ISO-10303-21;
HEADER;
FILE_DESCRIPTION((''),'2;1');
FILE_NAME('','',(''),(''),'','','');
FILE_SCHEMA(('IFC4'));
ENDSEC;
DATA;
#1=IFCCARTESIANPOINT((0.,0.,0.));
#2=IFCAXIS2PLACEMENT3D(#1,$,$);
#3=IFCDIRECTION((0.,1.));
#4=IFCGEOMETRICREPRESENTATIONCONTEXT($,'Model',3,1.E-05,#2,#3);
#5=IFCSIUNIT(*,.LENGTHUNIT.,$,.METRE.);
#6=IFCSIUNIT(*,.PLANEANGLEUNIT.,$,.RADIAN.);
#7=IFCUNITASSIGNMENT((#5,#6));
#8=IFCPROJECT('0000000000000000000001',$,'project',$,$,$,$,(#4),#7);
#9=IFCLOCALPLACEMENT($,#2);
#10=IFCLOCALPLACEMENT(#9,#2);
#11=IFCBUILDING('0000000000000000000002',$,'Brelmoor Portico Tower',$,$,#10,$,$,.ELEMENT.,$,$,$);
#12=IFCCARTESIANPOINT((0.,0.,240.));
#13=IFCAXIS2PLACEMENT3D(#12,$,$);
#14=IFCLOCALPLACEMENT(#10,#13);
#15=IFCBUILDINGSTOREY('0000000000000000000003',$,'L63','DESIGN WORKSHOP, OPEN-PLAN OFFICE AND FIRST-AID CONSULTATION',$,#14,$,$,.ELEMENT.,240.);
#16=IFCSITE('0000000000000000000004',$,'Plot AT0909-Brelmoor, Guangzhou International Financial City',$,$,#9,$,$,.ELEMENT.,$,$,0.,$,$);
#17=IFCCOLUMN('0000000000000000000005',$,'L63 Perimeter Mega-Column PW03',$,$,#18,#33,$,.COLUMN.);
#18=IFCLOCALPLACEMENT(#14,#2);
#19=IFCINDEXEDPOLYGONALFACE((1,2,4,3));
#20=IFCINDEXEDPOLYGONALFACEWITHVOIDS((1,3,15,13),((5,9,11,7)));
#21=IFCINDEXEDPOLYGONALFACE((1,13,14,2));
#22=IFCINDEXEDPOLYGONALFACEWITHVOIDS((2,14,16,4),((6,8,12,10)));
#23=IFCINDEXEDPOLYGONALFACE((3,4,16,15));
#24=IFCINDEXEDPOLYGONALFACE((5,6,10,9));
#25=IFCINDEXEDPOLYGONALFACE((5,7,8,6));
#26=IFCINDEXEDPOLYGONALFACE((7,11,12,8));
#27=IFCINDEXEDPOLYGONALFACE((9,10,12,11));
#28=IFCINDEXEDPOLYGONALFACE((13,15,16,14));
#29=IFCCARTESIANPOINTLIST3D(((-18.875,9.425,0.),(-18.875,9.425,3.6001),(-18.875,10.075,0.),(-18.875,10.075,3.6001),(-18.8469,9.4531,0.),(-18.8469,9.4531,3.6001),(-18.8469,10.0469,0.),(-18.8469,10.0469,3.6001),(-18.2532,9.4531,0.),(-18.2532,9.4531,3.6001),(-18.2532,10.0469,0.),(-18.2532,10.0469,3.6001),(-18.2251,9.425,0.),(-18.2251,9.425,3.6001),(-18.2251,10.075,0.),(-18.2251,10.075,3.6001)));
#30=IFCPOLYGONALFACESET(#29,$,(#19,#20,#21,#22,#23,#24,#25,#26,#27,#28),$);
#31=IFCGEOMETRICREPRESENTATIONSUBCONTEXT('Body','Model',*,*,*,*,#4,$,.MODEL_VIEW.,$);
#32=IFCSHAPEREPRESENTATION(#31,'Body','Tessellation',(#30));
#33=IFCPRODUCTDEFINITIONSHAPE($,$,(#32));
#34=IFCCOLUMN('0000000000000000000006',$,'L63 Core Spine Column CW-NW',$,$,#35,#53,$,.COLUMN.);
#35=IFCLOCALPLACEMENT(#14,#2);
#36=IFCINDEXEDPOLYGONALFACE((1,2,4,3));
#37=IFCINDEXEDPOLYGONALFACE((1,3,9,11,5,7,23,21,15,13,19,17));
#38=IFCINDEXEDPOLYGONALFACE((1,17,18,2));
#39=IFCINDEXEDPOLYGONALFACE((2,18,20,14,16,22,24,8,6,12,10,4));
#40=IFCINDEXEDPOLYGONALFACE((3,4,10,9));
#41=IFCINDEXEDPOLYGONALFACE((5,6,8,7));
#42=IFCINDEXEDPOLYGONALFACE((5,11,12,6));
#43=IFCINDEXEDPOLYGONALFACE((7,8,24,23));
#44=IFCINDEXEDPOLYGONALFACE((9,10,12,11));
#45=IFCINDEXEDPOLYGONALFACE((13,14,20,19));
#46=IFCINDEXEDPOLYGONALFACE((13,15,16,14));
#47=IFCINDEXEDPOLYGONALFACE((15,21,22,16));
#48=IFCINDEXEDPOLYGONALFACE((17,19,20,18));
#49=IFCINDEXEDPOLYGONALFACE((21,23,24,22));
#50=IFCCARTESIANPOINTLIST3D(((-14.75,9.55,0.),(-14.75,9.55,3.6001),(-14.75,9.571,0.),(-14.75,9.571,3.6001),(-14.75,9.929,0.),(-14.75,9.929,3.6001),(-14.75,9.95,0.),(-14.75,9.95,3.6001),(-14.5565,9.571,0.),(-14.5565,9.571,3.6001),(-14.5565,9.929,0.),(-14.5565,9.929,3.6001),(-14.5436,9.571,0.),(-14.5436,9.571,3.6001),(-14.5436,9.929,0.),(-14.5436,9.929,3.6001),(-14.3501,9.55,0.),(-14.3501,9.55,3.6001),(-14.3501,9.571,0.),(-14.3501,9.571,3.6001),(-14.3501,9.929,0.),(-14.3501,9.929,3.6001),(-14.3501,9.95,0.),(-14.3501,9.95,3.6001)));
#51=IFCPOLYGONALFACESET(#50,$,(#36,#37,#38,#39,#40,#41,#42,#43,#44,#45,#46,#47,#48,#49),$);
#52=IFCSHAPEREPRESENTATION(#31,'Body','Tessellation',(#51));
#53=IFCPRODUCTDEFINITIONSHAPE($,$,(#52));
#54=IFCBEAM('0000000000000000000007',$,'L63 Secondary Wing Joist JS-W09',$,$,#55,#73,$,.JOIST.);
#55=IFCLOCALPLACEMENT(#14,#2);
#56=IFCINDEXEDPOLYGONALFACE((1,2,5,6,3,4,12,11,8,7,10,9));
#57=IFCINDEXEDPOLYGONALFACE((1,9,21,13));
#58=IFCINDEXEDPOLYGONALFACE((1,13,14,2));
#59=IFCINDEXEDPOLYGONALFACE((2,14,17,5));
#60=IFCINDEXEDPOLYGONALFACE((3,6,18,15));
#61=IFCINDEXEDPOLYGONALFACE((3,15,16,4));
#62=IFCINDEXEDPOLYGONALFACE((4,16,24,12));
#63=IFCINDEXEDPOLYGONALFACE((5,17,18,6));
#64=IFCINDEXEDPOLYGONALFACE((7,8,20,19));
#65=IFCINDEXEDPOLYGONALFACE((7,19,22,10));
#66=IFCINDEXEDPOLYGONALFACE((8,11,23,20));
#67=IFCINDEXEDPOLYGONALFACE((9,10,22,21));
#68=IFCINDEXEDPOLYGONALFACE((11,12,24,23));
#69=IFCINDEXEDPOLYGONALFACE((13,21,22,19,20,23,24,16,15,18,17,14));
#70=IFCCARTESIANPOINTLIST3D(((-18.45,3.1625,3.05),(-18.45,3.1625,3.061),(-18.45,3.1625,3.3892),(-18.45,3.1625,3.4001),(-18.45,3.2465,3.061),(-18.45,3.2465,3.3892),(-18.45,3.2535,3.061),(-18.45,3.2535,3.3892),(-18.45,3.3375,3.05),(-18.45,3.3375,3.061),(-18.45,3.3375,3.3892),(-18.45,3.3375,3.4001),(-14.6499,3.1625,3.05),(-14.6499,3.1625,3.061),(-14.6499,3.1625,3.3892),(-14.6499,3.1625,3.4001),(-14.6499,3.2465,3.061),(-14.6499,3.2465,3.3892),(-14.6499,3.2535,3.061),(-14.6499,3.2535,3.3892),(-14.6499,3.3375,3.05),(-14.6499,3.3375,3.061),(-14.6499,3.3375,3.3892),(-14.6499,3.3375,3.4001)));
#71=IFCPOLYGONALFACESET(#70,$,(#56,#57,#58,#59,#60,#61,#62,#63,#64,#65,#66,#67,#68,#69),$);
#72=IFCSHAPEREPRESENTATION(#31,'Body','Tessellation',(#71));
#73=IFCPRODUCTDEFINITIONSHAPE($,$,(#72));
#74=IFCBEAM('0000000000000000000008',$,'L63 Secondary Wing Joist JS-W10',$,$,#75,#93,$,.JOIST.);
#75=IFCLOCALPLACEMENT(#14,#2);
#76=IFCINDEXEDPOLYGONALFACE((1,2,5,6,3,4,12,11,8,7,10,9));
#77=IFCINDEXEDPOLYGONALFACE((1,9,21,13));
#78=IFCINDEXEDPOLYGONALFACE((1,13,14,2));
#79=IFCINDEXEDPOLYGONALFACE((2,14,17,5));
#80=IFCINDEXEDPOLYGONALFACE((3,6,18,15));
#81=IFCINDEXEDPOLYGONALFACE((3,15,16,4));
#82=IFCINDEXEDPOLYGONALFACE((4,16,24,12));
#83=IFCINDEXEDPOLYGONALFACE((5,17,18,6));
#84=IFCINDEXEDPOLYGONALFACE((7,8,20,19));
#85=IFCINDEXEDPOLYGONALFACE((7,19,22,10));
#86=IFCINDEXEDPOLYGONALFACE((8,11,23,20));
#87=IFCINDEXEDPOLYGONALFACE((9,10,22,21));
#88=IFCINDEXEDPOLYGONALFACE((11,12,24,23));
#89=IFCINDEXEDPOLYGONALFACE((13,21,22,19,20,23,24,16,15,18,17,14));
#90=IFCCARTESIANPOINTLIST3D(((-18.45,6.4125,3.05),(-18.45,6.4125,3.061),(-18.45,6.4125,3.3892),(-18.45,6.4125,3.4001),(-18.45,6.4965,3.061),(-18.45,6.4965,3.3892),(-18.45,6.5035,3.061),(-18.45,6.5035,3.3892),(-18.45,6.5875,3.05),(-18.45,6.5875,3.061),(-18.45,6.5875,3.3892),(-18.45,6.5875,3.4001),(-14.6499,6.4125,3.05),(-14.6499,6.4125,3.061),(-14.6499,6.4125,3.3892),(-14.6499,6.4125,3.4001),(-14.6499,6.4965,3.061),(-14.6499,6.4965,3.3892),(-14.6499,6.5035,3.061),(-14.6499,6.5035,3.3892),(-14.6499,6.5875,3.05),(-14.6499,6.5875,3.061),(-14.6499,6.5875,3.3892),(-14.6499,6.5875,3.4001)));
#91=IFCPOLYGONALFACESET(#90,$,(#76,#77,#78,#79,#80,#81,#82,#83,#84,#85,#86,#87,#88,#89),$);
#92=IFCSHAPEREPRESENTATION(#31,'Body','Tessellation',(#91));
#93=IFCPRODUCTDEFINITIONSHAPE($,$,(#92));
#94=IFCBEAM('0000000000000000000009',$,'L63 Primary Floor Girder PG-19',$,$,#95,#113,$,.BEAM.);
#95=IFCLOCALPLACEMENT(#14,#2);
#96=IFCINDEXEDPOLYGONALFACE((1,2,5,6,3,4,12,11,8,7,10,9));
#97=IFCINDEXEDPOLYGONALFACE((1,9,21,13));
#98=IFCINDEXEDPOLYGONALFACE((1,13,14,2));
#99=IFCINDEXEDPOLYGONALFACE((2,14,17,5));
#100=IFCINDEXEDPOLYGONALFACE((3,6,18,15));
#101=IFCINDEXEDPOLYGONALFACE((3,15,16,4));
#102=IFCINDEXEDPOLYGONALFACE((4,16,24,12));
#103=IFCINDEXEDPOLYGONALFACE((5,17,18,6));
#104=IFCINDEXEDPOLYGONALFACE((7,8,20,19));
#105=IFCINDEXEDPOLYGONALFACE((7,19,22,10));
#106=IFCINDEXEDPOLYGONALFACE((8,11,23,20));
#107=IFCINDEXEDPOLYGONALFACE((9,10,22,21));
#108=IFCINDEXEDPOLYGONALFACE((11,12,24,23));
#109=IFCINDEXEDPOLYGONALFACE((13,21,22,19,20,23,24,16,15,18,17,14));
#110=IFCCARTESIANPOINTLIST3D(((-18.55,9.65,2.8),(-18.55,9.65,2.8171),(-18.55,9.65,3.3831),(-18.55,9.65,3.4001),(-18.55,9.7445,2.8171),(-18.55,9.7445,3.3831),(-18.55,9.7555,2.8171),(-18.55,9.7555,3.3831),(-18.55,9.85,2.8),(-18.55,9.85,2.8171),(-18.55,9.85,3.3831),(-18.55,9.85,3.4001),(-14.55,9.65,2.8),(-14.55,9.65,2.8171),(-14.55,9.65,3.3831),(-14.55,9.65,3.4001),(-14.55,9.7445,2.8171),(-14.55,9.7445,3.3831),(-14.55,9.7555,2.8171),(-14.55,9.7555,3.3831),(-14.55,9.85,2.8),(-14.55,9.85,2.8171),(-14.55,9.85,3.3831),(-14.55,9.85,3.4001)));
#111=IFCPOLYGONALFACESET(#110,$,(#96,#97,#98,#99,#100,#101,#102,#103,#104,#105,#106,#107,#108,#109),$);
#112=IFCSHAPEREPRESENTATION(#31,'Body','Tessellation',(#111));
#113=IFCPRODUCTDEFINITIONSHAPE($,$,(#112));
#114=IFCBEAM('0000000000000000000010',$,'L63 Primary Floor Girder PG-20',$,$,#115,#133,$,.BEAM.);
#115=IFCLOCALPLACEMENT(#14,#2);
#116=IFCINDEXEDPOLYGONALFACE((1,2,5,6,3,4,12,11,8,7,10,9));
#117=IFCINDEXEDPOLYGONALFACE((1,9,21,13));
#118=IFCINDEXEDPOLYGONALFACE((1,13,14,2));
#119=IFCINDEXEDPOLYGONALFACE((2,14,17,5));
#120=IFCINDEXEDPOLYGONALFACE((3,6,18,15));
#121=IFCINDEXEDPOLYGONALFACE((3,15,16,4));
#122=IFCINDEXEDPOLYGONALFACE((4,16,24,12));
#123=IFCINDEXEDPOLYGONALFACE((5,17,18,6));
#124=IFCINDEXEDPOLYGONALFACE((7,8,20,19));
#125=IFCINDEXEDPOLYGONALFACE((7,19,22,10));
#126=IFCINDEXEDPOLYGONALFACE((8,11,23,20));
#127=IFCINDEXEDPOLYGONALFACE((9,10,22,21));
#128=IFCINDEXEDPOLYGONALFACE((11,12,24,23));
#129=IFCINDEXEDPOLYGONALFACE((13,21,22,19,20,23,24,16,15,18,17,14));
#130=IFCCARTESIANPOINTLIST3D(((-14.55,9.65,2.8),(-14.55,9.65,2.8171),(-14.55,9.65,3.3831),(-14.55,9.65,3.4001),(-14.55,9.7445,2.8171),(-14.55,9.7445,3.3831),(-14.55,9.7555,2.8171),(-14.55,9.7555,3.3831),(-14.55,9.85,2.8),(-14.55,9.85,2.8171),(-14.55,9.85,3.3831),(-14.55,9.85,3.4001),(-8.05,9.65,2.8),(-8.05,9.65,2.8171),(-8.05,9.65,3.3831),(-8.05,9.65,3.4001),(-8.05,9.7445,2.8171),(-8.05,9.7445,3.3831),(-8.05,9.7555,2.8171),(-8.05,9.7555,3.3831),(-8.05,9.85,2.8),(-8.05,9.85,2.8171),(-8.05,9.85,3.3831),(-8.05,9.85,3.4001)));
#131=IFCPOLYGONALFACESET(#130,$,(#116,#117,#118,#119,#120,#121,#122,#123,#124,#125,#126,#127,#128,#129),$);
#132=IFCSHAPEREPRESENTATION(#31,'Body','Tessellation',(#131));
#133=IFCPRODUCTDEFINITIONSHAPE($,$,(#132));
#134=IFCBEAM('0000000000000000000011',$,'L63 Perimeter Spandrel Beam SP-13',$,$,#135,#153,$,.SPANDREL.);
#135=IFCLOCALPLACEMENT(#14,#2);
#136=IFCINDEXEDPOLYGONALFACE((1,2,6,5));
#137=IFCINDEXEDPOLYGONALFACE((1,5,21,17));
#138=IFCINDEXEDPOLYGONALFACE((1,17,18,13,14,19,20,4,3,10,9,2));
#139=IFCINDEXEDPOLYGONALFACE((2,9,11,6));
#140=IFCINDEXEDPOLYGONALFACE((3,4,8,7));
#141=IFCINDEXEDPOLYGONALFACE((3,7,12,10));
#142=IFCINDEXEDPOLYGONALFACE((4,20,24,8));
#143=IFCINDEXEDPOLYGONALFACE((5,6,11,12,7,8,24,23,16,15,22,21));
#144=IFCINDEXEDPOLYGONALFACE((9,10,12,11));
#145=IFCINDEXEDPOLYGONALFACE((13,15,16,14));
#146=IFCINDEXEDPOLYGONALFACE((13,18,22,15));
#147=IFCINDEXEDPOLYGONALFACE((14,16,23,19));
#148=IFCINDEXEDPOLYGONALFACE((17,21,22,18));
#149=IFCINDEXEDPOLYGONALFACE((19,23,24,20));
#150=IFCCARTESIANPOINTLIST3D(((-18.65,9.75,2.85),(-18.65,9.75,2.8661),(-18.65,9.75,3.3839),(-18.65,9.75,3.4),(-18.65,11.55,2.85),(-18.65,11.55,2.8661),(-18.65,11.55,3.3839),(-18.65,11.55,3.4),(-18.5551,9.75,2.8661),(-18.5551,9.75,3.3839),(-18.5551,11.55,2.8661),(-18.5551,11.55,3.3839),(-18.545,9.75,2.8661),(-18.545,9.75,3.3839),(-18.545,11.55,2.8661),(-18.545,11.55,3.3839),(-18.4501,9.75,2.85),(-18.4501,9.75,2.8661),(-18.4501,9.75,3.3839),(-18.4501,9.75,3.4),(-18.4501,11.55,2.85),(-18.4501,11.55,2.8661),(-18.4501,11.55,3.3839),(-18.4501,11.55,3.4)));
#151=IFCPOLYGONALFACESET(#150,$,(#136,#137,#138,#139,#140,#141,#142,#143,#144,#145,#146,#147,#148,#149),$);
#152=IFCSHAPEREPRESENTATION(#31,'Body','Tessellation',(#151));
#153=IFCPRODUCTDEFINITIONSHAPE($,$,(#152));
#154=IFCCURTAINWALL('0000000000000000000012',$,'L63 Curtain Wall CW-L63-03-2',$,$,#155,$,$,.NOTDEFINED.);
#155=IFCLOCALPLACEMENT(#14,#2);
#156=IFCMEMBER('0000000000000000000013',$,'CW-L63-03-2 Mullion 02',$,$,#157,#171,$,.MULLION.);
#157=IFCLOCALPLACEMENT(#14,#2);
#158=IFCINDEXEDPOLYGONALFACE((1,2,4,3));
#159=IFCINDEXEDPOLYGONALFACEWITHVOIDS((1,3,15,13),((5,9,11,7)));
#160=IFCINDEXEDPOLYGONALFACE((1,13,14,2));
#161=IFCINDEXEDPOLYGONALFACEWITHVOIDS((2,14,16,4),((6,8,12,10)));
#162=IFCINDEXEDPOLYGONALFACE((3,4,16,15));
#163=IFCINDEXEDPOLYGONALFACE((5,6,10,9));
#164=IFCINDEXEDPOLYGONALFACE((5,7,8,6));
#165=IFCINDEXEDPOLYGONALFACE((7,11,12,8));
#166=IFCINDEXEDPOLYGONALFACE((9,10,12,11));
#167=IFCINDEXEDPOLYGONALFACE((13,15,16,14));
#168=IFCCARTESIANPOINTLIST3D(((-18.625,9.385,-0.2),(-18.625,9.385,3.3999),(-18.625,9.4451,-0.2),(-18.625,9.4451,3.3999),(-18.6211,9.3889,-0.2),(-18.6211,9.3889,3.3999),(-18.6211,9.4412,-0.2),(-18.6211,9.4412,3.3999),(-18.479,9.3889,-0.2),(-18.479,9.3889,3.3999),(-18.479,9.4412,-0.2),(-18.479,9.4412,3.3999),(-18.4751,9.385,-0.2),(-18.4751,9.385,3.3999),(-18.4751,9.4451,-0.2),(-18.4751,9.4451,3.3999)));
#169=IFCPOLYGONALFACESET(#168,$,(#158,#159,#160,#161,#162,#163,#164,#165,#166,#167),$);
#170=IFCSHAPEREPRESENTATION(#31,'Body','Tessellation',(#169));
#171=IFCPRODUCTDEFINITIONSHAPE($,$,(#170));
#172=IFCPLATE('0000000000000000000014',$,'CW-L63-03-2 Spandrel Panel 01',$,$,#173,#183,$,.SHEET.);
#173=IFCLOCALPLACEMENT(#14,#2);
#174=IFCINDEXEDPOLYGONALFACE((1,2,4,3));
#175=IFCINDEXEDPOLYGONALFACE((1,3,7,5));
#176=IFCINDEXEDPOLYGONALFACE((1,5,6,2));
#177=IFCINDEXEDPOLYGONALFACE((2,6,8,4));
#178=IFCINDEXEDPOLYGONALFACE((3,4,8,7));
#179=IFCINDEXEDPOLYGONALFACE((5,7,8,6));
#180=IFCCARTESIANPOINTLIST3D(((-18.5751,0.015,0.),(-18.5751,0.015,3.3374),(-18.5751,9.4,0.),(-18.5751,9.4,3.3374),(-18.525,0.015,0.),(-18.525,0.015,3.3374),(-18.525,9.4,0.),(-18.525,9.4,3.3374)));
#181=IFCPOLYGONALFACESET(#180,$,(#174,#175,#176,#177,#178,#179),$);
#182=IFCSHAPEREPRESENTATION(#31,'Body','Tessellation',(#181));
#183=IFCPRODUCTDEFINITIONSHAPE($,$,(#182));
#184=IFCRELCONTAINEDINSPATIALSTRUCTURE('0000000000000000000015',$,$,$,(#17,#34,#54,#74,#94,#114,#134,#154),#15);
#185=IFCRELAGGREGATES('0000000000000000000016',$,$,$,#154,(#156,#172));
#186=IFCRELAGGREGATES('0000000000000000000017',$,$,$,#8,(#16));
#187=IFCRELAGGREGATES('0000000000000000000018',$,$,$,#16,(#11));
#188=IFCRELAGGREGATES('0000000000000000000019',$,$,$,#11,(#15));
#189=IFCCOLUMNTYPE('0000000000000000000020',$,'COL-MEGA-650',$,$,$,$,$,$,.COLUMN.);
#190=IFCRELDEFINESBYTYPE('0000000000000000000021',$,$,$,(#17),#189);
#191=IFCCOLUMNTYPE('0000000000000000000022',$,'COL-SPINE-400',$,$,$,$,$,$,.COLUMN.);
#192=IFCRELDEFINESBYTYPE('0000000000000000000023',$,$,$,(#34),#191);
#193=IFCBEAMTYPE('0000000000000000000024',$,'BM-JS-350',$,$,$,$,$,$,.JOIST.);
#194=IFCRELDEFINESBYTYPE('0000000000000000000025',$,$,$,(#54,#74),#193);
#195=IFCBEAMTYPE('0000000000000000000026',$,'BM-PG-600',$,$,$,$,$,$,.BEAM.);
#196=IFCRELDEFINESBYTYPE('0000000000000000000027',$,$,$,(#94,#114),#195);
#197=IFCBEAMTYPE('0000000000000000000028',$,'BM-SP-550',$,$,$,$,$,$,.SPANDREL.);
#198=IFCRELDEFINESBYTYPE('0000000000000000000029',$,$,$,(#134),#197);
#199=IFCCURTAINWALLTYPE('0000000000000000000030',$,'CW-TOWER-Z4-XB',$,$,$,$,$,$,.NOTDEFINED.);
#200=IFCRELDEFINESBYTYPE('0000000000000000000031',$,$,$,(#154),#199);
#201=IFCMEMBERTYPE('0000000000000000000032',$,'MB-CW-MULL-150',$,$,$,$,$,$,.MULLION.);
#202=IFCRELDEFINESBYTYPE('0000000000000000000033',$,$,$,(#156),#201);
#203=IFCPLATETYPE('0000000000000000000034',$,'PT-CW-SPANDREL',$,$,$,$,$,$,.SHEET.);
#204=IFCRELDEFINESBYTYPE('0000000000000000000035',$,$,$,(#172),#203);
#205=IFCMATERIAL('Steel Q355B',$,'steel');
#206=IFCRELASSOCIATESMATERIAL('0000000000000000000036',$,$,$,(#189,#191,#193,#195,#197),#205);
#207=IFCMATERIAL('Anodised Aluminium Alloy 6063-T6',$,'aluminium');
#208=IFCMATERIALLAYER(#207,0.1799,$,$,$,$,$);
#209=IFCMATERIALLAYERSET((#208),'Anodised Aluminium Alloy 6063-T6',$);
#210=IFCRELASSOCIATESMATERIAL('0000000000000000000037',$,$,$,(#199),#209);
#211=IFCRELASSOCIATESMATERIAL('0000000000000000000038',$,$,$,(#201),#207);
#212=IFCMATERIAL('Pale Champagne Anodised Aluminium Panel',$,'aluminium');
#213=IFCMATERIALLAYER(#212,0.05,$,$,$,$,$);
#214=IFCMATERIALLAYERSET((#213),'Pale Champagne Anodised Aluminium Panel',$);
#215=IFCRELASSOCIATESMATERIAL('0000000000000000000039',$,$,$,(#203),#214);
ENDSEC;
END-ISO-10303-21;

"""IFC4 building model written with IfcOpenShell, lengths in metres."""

from ifc_helpers import new_model, si_unit, direction, frame, origin, origin_2d, place, context, subcontext, project, spatial, rectangle, hollow_rectangle, i_section, extrude, material, layer, layer_set, material_profile, profile_set, type_object, element, aggregate, save


model = new_model("IFC4")

# Units and contexts
model_context = context("Model", 3, precision=1e-05, world=origin(), true_north=direction((0.0, 1.0)))
body_context = subcontext(model_context, "Body", "Model", "MODEL_VIEW")
ifc_project = project(units=[si_unit("LENGTHUNIT", "METRE"), si_unit("PLANEANGLEUNIT", "RADIAN")], contexts=[model_context])

# Site, building, storey
site_placement = place(None, origin())
site = spatial("IfcSite", under=ifc_project, at=site_placement, Name="Plot AT0909-Brelmoor, Guangzhou International Financial City", CompositionType="ELEMENT", RefElevation=0.0)
building_placement = place(site_placement, origin())
building = spatial("IfcBuilding", under=site, at=building_placement, Name="Brelmoor Portico Tower", CompositionType="ELEMENT")
storey_placement = place(building_placement, frame((0.0, 0.0, 240.0)))
storey = spatial("IfcBuildingStorey", under=building, at=storey_placement, Name="L63", Description="DESIGN WORKSHOP, OPEN-PLAN OFFICE AND FIRST-AID CONSULTATION", CompositionType="ELEMENT", Elevation=240.0)

# Columns
ifc_material_1 = material(Name="Steel Q355B", Category="steel")
ifc_material_profile_1 = material_profile(ifc_material_1, hollow_rectangle(XDim=0.6499, YDim=0.6499, WallThickness=0.0281, at=origin_2d()), Name="BOX 650x650x28")
ifc_profile_set_1 = profile_set([ifc_material_profile_1], Name="Steel Q355B")
column_type_1 = type_object("IfcColumnType", Name="COL-MEGA-650", PredefinedType="COLUMN", material=ifc_profile_set_1)
column_1_placement = place(storey_placement, frame((-18.55, 9.75, 0.0), z_axis=(0.0, 0.0, 1.0), x_axis=(0.0, 1.0, 0.0)))
element("IfcColumn", 1, at=column_1_placement, inside=storey, type_object=column_type_1, Name="L63 Perimeter Mega-Column PW03", PredefinedType="COLUMN", context=body_context, shape_type="SweptSolid", body=[
    extrude(hollow_rectangle(XDim=0.6499, YDim=0.6499, WallThickness=0.0281, at=origin_2d()), origin(), (0.0, 0.0, 1.0), 3.6001),
])
ifc_material_profile_2 = material_profile(ifc_material_1, i_section(OverallWidth=0.3999, OverallDepth=0.3999, WebThickness=0.0129, FlangeThickness=0.021, at=origin_2d()), Name="HW 400x400x13x21")
ifc_profile_set_2 = profile_set([ifc_material_profile_2], Name="Steel Q355B")
column_type_2 = type_object("IfcColumnType", Name="COL-SPINE-400", PredefinedType="COLUMN", material=ifc_profile_set_2)
column_2_placement = place(storey_placement, frame((-14.55, 9.75, 0.0), z_axis=(0.0, 0.0, 1.0), x_axis=(1.0, 0.0, 0.0)))
element("IfcColumn", 2, at=column_2_placement, inside=storey, type_object=column_type_2, Name="L63 Core Spine Column CW-NW", PredefinedType="COLUMN", context=body_context, shape_type="SweptSolid", body=[
    extrude(i_section(OverallWidth=0.3999, OverallDepth=0.3999, WebThickness=0.0129, FlangeThickness=0.021, at=origin_2d()), origin(), (0.0, 0.0, 1.0), 3.6001),
])

# Beams
ifc_material_profile_3 = material_profile(ifc_material_1, i_section(OverallWidth=0.175, OverallDepth=0.3501, WebThickness=0.0071, FlangeThickness=0.011, at=origin_2d()), Name="HN 350x175x7x11")
ifc_profile_set_3 = profile_set([ifc_material_profile_3], Name="Steel Q355B")
beam_type_1 = type_object("IfcBeamType", Name="BM-JS-350", PredefinedType="JOIST", material=ifc_profile_set_3)
for number, where, z_axis, x_axis, name in (
    (3, (-18.45, 3.25, 3.2251), (1.0, 0.0, 0.0), (0.0, 1.0, 0.0), "L63 Secondary Wing Joist JS-W09"),
    (4, (-18.45, 6.5, 3.2251), (1.0, 0.0, 0.0), (0.0, 1.0, 0.0), "L63 Secondary Wing Joist JS-W10"),
):
    element("IfcBeam", number, at=place(storey_placement, frame(where, z_axis=z_axis, x_axis=x_axis)), inside=storey, type_object=beam_type_1, Name=name, PredefinedType="JOIST", context=body_context, shape_type="SweptSolid", body=[
        extrude(i_section(OverallWidth=0.175, OverallDepth=0.3501, WebThickness=0.0071, FlangeThickness=0.011, at=origin_2d()), origin(), (0.0, 0.0, 1.0), 3.8),
    ])
ifc_material_profile_4 = material_profile(ifc_material_1, i_section(OverallWidth=0.2, OverallDepth=0.6001, WebThickness=0.011, FlangeThickness=0.0171, at=origin_2d()), Name="HN 600x200x11x17")
ifc_profile_set_4 = profile_set([ifc_material_profile_4], Name="Steel Q355B")
beam_type_2 = type_object("IfcBeamType", Name="BM-PG-600", PredefinedType="BEAM", material=ifc_profile_set_4)
beam_1_placement = place(storey_placement, frame((-18.55, 9.75, 3.1001), z_axis=(1.0, 0.0, 0.0), x_axis=(0.0, 1.0, 0.0)))
element("IfcBeam", 5, at=beam_1_placement, inside=storey, type_object=beam_type_2, Name="L63 Primary Floor Girder PG-19", PredefinedType="BEAM", context=body_context, shape_type="SweptSolid", body=[
    extrude(i_section(OverallWidth=0.2, OverallDepth=0.6001, WebThickness=0.011, FlangeThickness=0.0171, at=origin_2d()), origin(), (0.0, 0.0, 1.0), 4.0),
])
beam_2_placement = place(storey_placement, frame((-14.55, 9.75, 3.1001), z_axis=(1.0, 0.0, 0.0), x_axis=(0.0, 1.0, 0.0)))
element("IfcBeam", 6, at=beam_2_placement, inside=storey, type_object=beam_type_2, Name="L63 Primary Floor Girder PG-20", PredefinedType="BEAM", context=body_context, shape_type="SweptSolid", body=[
    extrude(i_section(OverallWidth=0.2, OverallDepth=0.6001, WebThickness=0.011, FlangeThickness=0.0171, at=origin_2d()), origin(), (0.0, 0.0, 1.0), 6.5),
])
ifc_material_profile_5 = material_profile(ifc_material_1, i_section(OverallWidth=0.2, OverallDepth=0.55, WebThickness=0.01, FlangeThickness=0.0161, at=origin_2d()), Name="HN 550x200x10x16")
ifc_profile_set_5 = profile_set([ifc_material_profile_5], Name="Steel Q355B")
beam_type_3 = type_object("IfcBeamType", Name="BM-SP-550", PredefinedType="SPANDREL", material=ifc_profile_set_5)
beam_3_placement = place(storey_placement, frame((-18.55, 9.75, 3.125), z_axis=(0.0, 1.0, 0.0), x_axis=(-1.0, 0.0, 0.0)))
element("IfcBeam", 7, at=beam_3_placement, inside=storey, type_object=beam_type_3, Name="L63 Perimeter Spandrel Beam SP-13", PredefinedType="SPANDREL", context=body_context, shape_type="SweptSolid", body=[
    extrude(i_section(OverallWidth=0.2, OverallDepth=0.55, WebThickness=0.01, FlangeThickness=0.0161, at=origin_2d()), origin(), (0.0, 0.0, 1.0), 1.8),
])

# Curtain wall, member, plate
ifc_material_2 = material(Name="Anodised Aluminium Alloy 6063-T6", Category="aluminium")
ifc_layer_1 = layer(ifc_material_2, 0.1799)
ifc_layer_set_1 = layer_set([ifc_layer_1], Name="Anodised Aluminium Alloy 6063-T6")
curtain_wall_type = type_object("IfcCurtainWallType", Name="CW-TOWER-Z4-XB", PredefinedType="NOTDEFINED", material=ifc_layer_set_1)
curtain_wall_placement = place(storey_placement, origin())
curtain_wall = element("IfcCurtainWall", 8, at=curtain_wall_placement, inside=storey, type_object=curtain_wall_type, Name="L63 Curtain Wall CW-L63-03-2", PredefinedType="NOTDEFINED")
ifc_material_profile_6 = material_profile(ifc_material_2, hollow_rectangle(XDim=0.0601, YDim=0.1499, WallThickness=0.0039, at=origin_2d()), Name="ALU MULLION 60x150")
ifc_profile_set_6 = profile_set([ifc_material_profile_6], Name="Anodised Aluminium Alloy 6063-T6")
member_type = type_object("IfcMemberType", Name="MB-CW-MULL-150", PredefinedType="MULLION", material=ifc_profile_set_6)
member_placement = place(storey_placement, frame((-18.55, 9.415, -0.2), z_axis=(0.0, 0.0, 1.0), x_axis=(0.0, 1.0, 0.0)))
member = element("IfcMember", 9, at=member_placement, type_object=member_type, Name="CW-L63-03-2 Mullion 02", PredefinedType="MULLION", context=body_context, shape_type="SweptSolid", body=[
    extrude(hollow_rectangle(XDim=0.0601, YDim=0.1499, WallThickness=0.0039, at=origin_2d()), origin(), (0.0, 0.0, 1.0), 3.5999),
])
ifc_material_3 = material(Name="Pale Champagne Anodised Aluminium Panel", Category="aluminium")
ifc_layer_2 = layer(ifc_material_3, 0.05)
ifc_layer_set_2 = layer_set([ifc_layer_2], Name="Pale Champagne Anodised Aluminium Panel")
plate_type = type_object("IfcPlateType", Name="PT-CW-SPANDREL", PredefinedType="SHEET", material=ifc_layer_set_2)
plate_placement = place(storey_placement, frame((-18.55, 4.7075, 0.0), z_axis=(0.0, 0.0, 1.0), x_axis=(0.0, 1.0, 0.0)))
plate = element("IfcPlate", 10, at=plate_placement, type_object=plate_type, Name="CW-L63-03-2 Spandrel Panel 01", PredefinedType="SHEET", context=body_context, shape_type="SweptSolid", body=[
    extrude(rectangle(XDim=9.385, YDim=0.05, at=origin_2d()), origin(), (0.0, 0.0, 1.0), 3.3374),
])
aggregate(curtain_wall, [member, plate])

save(model, "model.ifc")
